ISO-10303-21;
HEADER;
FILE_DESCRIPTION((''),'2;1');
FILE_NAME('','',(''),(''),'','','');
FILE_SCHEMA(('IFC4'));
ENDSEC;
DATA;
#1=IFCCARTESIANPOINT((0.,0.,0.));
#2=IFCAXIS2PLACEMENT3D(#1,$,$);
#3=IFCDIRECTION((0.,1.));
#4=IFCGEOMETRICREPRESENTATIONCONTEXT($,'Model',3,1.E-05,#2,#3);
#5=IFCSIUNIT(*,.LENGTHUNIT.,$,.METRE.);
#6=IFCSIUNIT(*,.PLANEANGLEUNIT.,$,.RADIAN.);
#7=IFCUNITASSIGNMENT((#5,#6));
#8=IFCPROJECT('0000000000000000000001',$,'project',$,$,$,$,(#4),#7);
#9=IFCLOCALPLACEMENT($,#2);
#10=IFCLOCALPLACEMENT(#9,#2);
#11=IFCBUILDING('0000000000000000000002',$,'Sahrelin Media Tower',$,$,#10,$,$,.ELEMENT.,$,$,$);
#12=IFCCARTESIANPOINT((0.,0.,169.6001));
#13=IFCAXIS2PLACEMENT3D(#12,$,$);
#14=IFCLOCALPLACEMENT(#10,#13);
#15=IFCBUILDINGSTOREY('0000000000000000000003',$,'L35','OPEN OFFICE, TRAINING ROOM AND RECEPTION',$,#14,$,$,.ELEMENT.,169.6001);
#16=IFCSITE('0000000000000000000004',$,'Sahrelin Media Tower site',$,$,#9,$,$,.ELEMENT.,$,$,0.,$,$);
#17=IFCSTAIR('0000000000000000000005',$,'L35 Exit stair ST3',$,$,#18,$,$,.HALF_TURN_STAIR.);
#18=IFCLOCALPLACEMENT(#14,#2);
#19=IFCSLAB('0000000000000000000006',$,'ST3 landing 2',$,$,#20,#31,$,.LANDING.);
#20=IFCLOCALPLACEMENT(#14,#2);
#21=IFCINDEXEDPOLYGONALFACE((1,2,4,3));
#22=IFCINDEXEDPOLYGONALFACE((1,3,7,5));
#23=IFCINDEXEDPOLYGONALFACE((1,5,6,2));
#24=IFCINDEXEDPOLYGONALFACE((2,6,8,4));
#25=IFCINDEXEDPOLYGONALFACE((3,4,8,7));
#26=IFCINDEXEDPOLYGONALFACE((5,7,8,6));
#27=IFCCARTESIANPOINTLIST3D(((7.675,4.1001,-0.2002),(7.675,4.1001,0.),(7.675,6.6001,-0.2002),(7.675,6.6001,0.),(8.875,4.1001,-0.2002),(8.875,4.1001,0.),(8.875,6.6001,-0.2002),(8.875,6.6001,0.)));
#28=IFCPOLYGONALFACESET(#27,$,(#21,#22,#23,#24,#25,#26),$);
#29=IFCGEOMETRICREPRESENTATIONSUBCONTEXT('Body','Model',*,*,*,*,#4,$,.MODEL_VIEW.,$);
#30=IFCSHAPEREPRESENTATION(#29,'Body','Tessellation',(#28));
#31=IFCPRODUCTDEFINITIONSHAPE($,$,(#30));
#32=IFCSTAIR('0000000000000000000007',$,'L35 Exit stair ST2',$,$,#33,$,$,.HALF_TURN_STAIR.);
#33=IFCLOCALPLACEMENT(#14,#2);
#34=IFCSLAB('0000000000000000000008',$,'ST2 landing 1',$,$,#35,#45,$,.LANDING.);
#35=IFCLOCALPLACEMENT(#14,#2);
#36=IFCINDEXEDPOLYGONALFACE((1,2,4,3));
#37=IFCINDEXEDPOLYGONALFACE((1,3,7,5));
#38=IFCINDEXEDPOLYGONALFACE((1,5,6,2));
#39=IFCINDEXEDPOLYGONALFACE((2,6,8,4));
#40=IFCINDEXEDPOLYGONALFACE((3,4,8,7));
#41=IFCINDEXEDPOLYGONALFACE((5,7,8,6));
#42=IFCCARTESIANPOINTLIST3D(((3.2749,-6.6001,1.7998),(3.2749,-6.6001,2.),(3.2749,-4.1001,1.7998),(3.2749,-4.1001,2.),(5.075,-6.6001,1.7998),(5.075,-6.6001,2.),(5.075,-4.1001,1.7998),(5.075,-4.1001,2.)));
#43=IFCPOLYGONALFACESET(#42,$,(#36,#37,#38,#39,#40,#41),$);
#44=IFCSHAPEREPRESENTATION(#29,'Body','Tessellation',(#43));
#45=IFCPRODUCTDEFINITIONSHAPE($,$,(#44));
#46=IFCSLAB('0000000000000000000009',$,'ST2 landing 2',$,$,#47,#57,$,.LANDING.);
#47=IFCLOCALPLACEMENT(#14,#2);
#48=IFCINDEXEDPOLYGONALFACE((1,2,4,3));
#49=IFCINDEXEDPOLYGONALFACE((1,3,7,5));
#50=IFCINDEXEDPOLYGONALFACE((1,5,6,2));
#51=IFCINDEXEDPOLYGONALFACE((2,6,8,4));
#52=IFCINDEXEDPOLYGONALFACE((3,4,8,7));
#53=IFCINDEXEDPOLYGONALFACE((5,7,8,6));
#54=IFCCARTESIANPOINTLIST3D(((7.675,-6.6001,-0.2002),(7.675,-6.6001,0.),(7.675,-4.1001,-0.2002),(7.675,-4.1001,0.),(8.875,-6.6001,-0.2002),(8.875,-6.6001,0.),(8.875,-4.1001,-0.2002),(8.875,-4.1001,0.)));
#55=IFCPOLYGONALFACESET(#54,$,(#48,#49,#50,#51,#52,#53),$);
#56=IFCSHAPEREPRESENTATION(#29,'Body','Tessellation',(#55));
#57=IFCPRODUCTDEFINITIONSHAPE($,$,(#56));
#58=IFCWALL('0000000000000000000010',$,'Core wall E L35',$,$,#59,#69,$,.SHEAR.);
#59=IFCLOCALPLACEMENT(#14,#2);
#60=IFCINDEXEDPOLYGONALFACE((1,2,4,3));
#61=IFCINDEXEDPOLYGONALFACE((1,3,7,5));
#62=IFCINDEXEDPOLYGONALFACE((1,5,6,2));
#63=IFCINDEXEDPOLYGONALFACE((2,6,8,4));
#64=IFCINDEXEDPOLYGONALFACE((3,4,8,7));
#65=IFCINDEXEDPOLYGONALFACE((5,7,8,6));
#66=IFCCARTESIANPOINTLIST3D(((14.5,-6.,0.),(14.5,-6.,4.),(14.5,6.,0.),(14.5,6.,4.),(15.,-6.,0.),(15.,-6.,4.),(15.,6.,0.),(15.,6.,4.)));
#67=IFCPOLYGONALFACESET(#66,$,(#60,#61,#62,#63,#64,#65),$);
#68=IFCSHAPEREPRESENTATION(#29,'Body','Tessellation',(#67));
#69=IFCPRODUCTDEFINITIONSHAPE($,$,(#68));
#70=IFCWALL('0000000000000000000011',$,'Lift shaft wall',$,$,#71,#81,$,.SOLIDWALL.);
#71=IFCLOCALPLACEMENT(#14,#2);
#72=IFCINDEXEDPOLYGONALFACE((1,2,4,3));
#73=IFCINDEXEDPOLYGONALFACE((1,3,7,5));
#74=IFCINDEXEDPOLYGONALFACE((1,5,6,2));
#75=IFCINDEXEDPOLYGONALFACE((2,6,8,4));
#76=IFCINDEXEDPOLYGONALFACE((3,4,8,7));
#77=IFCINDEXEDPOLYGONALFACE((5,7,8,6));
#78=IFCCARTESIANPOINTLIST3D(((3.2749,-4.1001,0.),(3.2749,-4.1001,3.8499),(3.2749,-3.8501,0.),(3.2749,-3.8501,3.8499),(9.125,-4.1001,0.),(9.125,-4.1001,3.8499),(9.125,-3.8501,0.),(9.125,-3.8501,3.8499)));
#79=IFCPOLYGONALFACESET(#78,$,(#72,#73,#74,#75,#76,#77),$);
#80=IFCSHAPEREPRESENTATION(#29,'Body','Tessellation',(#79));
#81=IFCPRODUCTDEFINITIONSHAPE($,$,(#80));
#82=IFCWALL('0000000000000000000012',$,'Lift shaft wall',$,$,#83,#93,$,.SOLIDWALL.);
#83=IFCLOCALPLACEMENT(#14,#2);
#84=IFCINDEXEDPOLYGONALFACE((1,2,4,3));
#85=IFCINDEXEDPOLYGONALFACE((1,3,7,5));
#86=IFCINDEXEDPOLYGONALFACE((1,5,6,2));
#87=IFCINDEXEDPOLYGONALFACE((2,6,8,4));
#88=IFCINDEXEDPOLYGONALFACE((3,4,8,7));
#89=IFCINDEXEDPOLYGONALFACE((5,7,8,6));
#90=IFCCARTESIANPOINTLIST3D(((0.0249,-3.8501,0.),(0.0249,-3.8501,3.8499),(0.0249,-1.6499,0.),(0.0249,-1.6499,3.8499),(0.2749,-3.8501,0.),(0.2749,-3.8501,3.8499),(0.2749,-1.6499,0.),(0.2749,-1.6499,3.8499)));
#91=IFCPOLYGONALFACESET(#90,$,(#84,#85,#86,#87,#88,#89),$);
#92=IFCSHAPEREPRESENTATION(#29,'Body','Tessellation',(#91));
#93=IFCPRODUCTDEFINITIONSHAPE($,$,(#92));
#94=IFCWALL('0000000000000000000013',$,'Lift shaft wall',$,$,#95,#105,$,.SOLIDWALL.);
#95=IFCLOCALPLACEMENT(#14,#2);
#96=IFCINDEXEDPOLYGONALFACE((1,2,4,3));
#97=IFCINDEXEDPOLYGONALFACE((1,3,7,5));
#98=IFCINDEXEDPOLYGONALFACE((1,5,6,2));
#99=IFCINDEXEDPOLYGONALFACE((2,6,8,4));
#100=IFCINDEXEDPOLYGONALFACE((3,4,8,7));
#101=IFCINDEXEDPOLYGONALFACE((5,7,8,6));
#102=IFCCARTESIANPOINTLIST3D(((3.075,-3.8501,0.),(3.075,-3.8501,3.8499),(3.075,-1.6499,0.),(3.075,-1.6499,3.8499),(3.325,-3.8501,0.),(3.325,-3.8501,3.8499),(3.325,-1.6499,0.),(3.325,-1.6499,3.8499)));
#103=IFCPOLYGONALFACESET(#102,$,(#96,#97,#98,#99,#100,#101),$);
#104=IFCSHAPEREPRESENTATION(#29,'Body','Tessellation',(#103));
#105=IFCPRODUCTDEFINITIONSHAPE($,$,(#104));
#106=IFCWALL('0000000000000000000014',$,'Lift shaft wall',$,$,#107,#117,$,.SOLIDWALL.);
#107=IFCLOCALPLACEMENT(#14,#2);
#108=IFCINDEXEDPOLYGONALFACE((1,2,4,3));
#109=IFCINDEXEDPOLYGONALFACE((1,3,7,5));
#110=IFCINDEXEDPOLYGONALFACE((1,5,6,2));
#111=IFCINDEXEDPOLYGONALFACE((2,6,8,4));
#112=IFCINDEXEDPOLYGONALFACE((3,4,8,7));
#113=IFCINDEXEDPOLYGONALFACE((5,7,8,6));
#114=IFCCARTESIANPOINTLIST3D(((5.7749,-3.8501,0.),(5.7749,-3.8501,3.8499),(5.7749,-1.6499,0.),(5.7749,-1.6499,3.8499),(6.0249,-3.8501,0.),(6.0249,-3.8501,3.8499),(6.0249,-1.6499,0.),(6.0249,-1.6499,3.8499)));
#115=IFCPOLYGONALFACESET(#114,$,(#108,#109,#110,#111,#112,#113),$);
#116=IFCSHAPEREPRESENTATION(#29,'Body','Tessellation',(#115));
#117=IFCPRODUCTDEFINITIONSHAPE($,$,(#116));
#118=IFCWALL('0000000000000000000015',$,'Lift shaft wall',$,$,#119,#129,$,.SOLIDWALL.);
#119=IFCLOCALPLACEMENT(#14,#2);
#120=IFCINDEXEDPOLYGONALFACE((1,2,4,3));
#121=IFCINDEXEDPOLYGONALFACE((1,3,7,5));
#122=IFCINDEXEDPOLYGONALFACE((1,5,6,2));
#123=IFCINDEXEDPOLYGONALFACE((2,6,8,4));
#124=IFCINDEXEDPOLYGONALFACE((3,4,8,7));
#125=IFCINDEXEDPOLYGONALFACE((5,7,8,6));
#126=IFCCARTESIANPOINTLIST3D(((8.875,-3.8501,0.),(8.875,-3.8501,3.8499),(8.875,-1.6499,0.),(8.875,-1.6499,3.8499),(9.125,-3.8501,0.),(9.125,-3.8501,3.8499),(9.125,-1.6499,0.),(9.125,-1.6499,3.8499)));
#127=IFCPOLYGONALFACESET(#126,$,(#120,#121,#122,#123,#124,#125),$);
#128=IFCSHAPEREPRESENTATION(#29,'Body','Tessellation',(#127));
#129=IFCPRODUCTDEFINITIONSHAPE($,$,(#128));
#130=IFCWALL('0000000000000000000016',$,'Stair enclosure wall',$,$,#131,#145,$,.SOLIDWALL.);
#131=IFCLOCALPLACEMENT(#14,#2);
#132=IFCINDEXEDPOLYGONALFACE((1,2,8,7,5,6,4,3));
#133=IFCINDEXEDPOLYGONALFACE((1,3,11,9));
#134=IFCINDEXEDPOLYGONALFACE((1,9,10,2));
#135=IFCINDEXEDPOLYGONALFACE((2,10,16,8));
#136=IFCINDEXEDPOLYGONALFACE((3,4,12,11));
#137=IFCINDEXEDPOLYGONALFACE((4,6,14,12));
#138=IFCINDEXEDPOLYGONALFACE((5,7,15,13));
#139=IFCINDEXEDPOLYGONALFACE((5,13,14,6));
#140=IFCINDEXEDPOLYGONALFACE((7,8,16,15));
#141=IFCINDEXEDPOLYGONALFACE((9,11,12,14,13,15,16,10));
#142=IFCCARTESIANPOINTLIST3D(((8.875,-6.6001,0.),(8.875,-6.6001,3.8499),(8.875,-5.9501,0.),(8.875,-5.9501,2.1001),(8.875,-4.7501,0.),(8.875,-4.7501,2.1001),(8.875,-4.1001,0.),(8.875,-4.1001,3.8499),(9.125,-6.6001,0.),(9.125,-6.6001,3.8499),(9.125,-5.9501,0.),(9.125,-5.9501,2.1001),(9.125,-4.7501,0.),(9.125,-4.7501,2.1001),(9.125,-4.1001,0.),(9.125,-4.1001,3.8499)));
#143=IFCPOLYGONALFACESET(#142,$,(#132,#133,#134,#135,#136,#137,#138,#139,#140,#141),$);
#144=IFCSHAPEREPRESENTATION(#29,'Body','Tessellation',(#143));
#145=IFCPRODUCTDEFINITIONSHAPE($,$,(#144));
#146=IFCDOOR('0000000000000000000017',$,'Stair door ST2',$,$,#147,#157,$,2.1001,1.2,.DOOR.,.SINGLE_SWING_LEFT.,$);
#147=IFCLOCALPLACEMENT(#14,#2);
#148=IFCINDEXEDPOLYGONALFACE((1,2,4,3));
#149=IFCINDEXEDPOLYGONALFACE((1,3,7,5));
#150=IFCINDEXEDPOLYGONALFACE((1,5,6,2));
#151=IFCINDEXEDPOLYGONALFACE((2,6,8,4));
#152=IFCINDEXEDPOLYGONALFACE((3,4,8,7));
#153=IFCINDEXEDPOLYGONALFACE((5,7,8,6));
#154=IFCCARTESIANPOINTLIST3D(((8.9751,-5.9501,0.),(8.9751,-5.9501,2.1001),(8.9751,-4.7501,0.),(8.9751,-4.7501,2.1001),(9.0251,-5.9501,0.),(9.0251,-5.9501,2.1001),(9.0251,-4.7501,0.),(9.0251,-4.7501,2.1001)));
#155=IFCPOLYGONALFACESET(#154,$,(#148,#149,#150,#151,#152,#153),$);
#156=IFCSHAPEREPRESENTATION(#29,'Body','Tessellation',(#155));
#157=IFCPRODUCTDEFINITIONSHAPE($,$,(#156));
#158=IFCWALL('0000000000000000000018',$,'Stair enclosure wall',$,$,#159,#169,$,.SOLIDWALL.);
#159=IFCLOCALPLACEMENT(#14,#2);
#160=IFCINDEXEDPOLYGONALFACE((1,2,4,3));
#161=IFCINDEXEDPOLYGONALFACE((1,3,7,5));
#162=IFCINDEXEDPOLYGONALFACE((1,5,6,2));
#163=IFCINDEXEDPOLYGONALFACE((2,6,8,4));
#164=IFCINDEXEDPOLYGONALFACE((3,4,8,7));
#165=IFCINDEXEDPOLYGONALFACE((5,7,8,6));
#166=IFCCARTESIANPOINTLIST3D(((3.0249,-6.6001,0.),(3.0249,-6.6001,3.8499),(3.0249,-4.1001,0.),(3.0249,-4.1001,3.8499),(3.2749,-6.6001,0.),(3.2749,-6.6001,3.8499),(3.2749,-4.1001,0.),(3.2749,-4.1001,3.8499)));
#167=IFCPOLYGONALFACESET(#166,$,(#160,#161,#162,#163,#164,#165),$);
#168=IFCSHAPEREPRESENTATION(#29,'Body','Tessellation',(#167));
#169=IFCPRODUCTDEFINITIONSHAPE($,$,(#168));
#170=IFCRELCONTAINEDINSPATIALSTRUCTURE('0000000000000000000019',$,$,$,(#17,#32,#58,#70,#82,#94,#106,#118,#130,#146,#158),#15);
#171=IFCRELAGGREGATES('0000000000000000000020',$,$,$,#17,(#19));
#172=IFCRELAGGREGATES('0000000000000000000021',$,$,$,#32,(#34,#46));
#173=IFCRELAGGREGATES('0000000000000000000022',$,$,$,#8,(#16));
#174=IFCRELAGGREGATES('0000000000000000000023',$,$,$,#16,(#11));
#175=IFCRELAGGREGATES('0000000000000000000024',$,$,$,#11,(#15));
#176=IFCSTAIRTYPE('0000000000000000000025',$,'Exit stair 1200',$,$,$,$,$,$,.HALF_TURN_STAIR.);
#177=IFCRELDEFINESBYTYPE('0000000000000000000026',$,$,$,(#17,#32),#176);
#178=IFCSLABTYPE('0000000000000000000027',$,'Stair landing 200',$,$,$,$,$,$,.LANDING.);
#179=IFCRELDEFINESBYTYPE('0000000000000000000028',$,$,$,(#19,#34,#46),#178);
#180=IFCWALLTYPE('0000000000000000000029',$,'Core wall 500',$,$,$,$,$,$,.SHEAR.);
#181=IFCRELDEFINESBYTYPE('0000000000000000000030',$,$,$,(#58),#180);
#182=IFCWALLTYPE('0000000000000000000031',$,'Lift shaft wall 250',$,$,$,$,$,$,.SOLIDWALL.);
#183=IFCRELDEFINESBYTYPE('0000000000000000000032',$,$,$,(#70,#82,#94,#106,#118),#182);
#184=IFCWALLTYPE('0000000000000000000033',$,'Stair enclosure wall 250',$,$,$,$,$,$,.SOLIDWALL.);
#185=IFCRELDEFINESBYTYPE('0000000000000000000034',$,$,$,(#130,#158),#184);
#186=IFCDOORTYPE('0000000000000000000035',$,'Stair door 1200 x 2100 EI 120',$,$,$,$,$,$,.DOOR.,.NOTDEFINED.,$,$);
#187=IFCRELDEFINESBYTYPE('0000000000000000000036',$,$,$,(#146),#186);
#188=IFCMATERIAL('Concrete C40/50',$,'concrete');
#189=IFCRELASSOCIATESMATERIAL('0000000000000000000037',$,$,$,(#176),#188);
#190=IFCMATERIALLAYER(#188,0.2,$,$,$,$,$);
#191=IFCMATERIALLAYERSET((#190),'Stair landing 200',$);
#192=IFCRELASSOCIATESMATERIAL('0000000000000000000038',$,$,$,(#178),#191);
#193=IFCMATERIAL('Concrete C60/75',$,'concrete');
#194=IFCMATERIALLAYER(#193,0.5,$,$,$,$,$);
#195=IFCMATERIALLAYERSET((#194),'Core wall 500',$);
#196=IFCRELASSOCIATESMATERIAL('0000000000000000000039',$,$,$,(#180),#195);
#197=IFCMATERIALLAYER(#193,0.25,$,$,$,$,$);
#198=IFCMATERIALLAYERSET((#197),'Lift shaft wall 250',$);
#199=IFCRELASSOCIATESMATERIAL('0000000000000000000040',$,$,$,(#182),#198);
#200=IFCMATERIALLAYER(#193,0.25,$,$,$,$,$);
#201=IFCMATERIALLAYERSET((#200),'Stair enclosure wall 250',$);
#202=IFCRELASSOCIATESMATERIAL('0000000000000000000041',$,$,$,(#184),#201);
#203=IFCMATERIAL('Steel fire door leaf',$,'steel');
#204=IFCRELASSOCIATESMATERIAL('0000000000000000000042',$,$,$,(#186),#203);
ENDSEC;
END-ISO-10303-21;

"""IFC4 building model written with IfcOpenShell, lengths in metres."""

from ifc_helpers import new_model, si_unit, direction, frame, frame_2d, origin, place, context, subcontext, project, spatial, polyline, rectangle, outline, extrude, material, layer, layer_set, type_object, element, fill, aggregate, save


model = new_model("IFC4")

# Units and contexts
model_context = context("Model", 3, precision=1e-05, world=origin(), true_north=direction((0.0, 1.0)))
body_context = subcontext(model_context, "Body", "Model", "MODEL_VIEW")
ifc_project = project(units=[si_unit("LENGTHUNIT", "METRE"), si_unit("PLANEANGLEUNIT", "RADIAN")], contexts=[model_context])

# Site, building, storey
site_placement = place(None, origin())
site = spatial("IfcSite", under=ifc_project, at=site_placement, Name="Sahrelin Media Tower site", CompositionType="ELEMENT", RefElevation=0.0)
building_placement = place(site_placement, origin())
building = spatial("IfcBuilding", under=site, at=building_placement, Name="Sahrelin Media Tower", CompositionType="ELEMENT")
storey_placement = place(building_placement, frame((0.0, 0.0, 169.6001)))
storey = spatial("IfcBuildingStorey", under=building, at=storey_placement, Name="L35", Description="OPEN OFFICE, TRAINING ROOM AND RECEPTION", CompositionType="ELEMENT", Elevation=169.6001)

# Stairs, slabs
ifc_material_1 = material(Name="Concrete C40/50", Category="concrete")
stair_type = type_object("IfcStairType", Name="Exit stair 1200", PredefinedType="HALF_TURN_STAIR", material=ifc_material_1)
placement_1 = place(storey_placement, origin())
ifc_layer_1 = layer(ifc_material_1, 0.2)
ifc_layer_set_1 = layer_set([ifc_layer_1], Name="Stair landing 200")
slab_type = type_object("IfcSlabType", Name="Stair landing 200", PredefinedType="LANDING", material=ifc_layer_set_1)
placement_2 = place(storey_placement, frame((0.0, 0.0, 1.7998)))
placement_3 = place(storey_placement, frame((0.0, 0.0, -0.2002)))
stair_1 = element("IfcStair", 1, at=placement_1, inside=storey, type_object=stair_type, Name="L35 Exit stair ST3", PredefinedType="HALF_TURN_STAIR")
slab_1 = element("IfcSlab", 2, at=placement_3, type_object=slab_type, Name="ST3 landing 2", PredefinedType="LANDING", context=body_context, shape_type="SweptSolid", body=[
    extrude(outline(polyline([(8.875, 6.6001), (7.675, 6.6001), (7.675, 4.1001), (8.875, 4.1001), (8.875, 6.6001)])), origin(), (0.0, 0.0, 1.0), 0.2002),
])
aggregate(stair_1, [slab_1])
stair_2 = element("IfcStair", 3, at=placement_1, inside=storey, type_object=stair_type, Name="L35 Exit stair ST2", PredefinedType="HALF_TURN_STAIR")
slab_2 = element("IfcSlab", 4, at=placement_2, type_object=slab_type, Name="ST2 landing 1", PredefinedType="LANDING", context=body_context, shape_type="SweptSolid", body=[
    extrude(outline(polyline([(5.075, -4.1001), (3.2749, -4.1001), (3.2749, -6.6001), (5.075, -6.6001), (5.075, -4.1001)])), origin(), (0.0, 0.0, 1.0), 0.2002),
])
slab_3 = element("IfcSlab", 5, at=placement_3, type_object=slab_type, Name="ST2 landing 2", PredefinedType="LANDING", context=body_context, shape_type="SweptSolid", body=[
    extrude(outline(polyline([(8.875, -4.1001), (7.675, -4.1001), (7.675, -6.6001), (8.875, -6.6001), (8.875, -4.1001)])), origin(), (0.0, 0.0, 1.0), 0.2002),
])
aggregate(stair_2, [slab_2, slab_3])

# Walls
ifc_material_2 = material(Name="Concrete C60/75", Category="concrete")
ifc_layer_2 = layer(ifc_material_2, 0.5)
ifc_layer_set_2 = layer_set([ifc_layer_2], Name="Core wall 500")
wall_type_1 = type_object("IfcWallType", Name="Core wall 500", PredefinedType="SHEAR", material=ifc_layer_set_2)
wall_1_placement = place(storey_placement, frame((14.75, -6.0, 0.0), z_axis=(0.0, 0.0, 1.0), x_axis=(0.0, 1.0, 0.0)))
element("IfcWall", 6, at=wall_1_placement, inside=storey, type_object=wall_type_1, Name="Core wall E L35", PredefinedType="SHEAR", context=body_context, shape_type="SweptSolid", body=[
    extrude(rectangle(XDim=12.0, YDim=0.5, at=frame_2d((6.0, 0.0))), origin(), (0.0, 0.0, 1.0), 4.0),
])
ifc_layer_3 = layer(ifc_material_2, 0.25)
ifc_layer_set_3 = layer_set([ifc_layer_3], Name="Lift shaft wall 250")
wall_type_2 = type_object("IfcWallType", Name="Lift shaft wall 250", PredefinedType="SOLIDWALL", material=ifc_layer_set_3)
wall_2_placement = place(storey_placement, frame((3.2749, -3.9751, 0.0), z_axis=(0.0, 0.0, 1.0), x_axis=(1.0, 0.0, 0.0)))
element("IfcWall", 7, at=wall_2_placement, inside=storey, type_object=wall_type_2, Name="Lift shaft wall", PredefinedType="SOLIDWALL", context=body_context, shape_type="SweptSolid", body=[
    extrude(rectangle(XDim=5.8501, YDim=0.25, at=frame_2d((2.925, 0.0))), origin(), (0.0, 0.0, 1.0), 3.8499),
])
for number, where, z_axis, x_axis, name in (
    (8, (0.1499, -3.8501, 0.0), (0.0, 0.0, 1.0), (0.0, 1.0, 0.0), "Lift shaft wall"),
    (9, (3.2, -3.8501, 0.0), (0.0, 0.0, 1.0), (0.0, 1.0, 0.0), "Lift shaft wall"),
    (10, (5.8999, -3.8501, 0.0), (0.0, 0.0, 1.0), (0.0, 1.0, 0.0), "Lift shaft wall"),
    (11, (9.0, -3.8501, 0.0), (0.0, 0.0, 1.0), (0.0, 1.0, 0.0), "Lift shaft wall"),
):
    element("IfcWall", number, at=place(storey_placement, frame(where, z_axis=z_axis, x_axis=x_axis)), inside=storey, type_object=wall_type_2, Name=name, PredefinedType="SOLIDWALL", context=body_context, shape_type="SweptSolid", body=[
        extrude(rectangle(XDim=2.2002, YDim=0.25, at=frame_2d((1.1001, 0.0))), origin(), (0.0, 0.0, 1.0), 3.8499),
    ])

# Wall, opening, door
ifc_layer_4 = layer(ifc_material_2, 0.25)
ifc_layer_set_4 = layer_set([ifc_layer_4], Name="Stair enclosure wall 250")
wall_type_3 = type_object("IfcWallType", Name="Stair enclosure wall 250", PredefinedType="SOLIDWALL", material=ifc_layer_set_4)
wall_3_placement = place(storey_placement, frame((9.0, -6.6001, 0.0), z_axis=(0.0, 0.0, 1.0), x_axis=(0.0, 1.0, 0.0)))
wall_3 = element("IfcWall", 12, at=wall_3_placement, inside=storey, type_object=wall_type_3, Name="Stair enclosure wall", PredefinedType="SOLIDWALL", context=body_context, shape_type="SweptSolid", body=[
    extrude(rectangle(XDim=2.5, YDim=0.25, at=frame_2d((1.25, 0.0))), origin(), (0.0, 0.0, 1.0), 3.8499),
])
opening_placement = place(wall_3_placement, frame((0.6499, 0.0, 0.0)))
opening = element("IfcOpeningElement", 13, at=opening_placement, cuts=wall_3, PredefinedType="OPENING", context=body_context, shape_type="SweptSolid", body=[
    extrude(rectangle(XDim=1.2, YDim=2.1001, at=frame_2d((0.6001, 1.05))), frame((0.0, 0.125, 0.0), z_axis=(0.0, -1.0, 0.0), x_axis=(1.0, 0.0, 0.0)), (0.0, 0.0, 1.0), 0.25),
])
ifc_material_3 = material(Name="Steel fire door leaf", Category="steel")
door_type = type_object("IfcDoorType", Name="Stair door 1200 x 2100 EI 120", OperationType="NOTDEFINED", PredefinedType="DOOR", material=ifc_material_3)
door_placement = place(opening_placement, origin())
door = element("IfcDoor", 14, at=door_placement, inside=storey, type_object=door_type, Name="Stair door ST2", OperationType="SINGLE_SWING_LEFT", OverallHeight=2.1001, OverallWidth=1.2, PredefinedType="DOOR", context=body_context, shape_type="SweptSolid", body=[
    extrude(rectangle(XDim=1.2, YDim=2.1001, at=frame_2d((0.6001, 1.05))), frame((0.0, 0.0249, 0.0), z_axis=(0.0, -1.0, 0.0), x_axis=(1.0, 0.0, 0.0)), (0.0, 0.0, 1.0), 0.05),
])
fill(opening, door)

# Wall
wall_4_placement = place(storey_placement, frame((3.1499, -6.6001, 0.0), z_axis=(0.0, 0.0, 1.0), x_axis=(0.0, 1.0, 0.0)))
element("IfcWall", 15, at=wall_4_placement, inside=storey, type_object=wall_type_3, Name="Stair enclosure wall", PredefinedType="SOLIDWALL", context=body_context, shape_type="SweptSolid", body=[
    extrude(rectangle(XDim=2.5, YDim=0.25, at=frame_2d((1.25, 0.0))), origin(), (0.0, 0.0, 1.0), 3.8499),
])

save(model, "model.ifc")
